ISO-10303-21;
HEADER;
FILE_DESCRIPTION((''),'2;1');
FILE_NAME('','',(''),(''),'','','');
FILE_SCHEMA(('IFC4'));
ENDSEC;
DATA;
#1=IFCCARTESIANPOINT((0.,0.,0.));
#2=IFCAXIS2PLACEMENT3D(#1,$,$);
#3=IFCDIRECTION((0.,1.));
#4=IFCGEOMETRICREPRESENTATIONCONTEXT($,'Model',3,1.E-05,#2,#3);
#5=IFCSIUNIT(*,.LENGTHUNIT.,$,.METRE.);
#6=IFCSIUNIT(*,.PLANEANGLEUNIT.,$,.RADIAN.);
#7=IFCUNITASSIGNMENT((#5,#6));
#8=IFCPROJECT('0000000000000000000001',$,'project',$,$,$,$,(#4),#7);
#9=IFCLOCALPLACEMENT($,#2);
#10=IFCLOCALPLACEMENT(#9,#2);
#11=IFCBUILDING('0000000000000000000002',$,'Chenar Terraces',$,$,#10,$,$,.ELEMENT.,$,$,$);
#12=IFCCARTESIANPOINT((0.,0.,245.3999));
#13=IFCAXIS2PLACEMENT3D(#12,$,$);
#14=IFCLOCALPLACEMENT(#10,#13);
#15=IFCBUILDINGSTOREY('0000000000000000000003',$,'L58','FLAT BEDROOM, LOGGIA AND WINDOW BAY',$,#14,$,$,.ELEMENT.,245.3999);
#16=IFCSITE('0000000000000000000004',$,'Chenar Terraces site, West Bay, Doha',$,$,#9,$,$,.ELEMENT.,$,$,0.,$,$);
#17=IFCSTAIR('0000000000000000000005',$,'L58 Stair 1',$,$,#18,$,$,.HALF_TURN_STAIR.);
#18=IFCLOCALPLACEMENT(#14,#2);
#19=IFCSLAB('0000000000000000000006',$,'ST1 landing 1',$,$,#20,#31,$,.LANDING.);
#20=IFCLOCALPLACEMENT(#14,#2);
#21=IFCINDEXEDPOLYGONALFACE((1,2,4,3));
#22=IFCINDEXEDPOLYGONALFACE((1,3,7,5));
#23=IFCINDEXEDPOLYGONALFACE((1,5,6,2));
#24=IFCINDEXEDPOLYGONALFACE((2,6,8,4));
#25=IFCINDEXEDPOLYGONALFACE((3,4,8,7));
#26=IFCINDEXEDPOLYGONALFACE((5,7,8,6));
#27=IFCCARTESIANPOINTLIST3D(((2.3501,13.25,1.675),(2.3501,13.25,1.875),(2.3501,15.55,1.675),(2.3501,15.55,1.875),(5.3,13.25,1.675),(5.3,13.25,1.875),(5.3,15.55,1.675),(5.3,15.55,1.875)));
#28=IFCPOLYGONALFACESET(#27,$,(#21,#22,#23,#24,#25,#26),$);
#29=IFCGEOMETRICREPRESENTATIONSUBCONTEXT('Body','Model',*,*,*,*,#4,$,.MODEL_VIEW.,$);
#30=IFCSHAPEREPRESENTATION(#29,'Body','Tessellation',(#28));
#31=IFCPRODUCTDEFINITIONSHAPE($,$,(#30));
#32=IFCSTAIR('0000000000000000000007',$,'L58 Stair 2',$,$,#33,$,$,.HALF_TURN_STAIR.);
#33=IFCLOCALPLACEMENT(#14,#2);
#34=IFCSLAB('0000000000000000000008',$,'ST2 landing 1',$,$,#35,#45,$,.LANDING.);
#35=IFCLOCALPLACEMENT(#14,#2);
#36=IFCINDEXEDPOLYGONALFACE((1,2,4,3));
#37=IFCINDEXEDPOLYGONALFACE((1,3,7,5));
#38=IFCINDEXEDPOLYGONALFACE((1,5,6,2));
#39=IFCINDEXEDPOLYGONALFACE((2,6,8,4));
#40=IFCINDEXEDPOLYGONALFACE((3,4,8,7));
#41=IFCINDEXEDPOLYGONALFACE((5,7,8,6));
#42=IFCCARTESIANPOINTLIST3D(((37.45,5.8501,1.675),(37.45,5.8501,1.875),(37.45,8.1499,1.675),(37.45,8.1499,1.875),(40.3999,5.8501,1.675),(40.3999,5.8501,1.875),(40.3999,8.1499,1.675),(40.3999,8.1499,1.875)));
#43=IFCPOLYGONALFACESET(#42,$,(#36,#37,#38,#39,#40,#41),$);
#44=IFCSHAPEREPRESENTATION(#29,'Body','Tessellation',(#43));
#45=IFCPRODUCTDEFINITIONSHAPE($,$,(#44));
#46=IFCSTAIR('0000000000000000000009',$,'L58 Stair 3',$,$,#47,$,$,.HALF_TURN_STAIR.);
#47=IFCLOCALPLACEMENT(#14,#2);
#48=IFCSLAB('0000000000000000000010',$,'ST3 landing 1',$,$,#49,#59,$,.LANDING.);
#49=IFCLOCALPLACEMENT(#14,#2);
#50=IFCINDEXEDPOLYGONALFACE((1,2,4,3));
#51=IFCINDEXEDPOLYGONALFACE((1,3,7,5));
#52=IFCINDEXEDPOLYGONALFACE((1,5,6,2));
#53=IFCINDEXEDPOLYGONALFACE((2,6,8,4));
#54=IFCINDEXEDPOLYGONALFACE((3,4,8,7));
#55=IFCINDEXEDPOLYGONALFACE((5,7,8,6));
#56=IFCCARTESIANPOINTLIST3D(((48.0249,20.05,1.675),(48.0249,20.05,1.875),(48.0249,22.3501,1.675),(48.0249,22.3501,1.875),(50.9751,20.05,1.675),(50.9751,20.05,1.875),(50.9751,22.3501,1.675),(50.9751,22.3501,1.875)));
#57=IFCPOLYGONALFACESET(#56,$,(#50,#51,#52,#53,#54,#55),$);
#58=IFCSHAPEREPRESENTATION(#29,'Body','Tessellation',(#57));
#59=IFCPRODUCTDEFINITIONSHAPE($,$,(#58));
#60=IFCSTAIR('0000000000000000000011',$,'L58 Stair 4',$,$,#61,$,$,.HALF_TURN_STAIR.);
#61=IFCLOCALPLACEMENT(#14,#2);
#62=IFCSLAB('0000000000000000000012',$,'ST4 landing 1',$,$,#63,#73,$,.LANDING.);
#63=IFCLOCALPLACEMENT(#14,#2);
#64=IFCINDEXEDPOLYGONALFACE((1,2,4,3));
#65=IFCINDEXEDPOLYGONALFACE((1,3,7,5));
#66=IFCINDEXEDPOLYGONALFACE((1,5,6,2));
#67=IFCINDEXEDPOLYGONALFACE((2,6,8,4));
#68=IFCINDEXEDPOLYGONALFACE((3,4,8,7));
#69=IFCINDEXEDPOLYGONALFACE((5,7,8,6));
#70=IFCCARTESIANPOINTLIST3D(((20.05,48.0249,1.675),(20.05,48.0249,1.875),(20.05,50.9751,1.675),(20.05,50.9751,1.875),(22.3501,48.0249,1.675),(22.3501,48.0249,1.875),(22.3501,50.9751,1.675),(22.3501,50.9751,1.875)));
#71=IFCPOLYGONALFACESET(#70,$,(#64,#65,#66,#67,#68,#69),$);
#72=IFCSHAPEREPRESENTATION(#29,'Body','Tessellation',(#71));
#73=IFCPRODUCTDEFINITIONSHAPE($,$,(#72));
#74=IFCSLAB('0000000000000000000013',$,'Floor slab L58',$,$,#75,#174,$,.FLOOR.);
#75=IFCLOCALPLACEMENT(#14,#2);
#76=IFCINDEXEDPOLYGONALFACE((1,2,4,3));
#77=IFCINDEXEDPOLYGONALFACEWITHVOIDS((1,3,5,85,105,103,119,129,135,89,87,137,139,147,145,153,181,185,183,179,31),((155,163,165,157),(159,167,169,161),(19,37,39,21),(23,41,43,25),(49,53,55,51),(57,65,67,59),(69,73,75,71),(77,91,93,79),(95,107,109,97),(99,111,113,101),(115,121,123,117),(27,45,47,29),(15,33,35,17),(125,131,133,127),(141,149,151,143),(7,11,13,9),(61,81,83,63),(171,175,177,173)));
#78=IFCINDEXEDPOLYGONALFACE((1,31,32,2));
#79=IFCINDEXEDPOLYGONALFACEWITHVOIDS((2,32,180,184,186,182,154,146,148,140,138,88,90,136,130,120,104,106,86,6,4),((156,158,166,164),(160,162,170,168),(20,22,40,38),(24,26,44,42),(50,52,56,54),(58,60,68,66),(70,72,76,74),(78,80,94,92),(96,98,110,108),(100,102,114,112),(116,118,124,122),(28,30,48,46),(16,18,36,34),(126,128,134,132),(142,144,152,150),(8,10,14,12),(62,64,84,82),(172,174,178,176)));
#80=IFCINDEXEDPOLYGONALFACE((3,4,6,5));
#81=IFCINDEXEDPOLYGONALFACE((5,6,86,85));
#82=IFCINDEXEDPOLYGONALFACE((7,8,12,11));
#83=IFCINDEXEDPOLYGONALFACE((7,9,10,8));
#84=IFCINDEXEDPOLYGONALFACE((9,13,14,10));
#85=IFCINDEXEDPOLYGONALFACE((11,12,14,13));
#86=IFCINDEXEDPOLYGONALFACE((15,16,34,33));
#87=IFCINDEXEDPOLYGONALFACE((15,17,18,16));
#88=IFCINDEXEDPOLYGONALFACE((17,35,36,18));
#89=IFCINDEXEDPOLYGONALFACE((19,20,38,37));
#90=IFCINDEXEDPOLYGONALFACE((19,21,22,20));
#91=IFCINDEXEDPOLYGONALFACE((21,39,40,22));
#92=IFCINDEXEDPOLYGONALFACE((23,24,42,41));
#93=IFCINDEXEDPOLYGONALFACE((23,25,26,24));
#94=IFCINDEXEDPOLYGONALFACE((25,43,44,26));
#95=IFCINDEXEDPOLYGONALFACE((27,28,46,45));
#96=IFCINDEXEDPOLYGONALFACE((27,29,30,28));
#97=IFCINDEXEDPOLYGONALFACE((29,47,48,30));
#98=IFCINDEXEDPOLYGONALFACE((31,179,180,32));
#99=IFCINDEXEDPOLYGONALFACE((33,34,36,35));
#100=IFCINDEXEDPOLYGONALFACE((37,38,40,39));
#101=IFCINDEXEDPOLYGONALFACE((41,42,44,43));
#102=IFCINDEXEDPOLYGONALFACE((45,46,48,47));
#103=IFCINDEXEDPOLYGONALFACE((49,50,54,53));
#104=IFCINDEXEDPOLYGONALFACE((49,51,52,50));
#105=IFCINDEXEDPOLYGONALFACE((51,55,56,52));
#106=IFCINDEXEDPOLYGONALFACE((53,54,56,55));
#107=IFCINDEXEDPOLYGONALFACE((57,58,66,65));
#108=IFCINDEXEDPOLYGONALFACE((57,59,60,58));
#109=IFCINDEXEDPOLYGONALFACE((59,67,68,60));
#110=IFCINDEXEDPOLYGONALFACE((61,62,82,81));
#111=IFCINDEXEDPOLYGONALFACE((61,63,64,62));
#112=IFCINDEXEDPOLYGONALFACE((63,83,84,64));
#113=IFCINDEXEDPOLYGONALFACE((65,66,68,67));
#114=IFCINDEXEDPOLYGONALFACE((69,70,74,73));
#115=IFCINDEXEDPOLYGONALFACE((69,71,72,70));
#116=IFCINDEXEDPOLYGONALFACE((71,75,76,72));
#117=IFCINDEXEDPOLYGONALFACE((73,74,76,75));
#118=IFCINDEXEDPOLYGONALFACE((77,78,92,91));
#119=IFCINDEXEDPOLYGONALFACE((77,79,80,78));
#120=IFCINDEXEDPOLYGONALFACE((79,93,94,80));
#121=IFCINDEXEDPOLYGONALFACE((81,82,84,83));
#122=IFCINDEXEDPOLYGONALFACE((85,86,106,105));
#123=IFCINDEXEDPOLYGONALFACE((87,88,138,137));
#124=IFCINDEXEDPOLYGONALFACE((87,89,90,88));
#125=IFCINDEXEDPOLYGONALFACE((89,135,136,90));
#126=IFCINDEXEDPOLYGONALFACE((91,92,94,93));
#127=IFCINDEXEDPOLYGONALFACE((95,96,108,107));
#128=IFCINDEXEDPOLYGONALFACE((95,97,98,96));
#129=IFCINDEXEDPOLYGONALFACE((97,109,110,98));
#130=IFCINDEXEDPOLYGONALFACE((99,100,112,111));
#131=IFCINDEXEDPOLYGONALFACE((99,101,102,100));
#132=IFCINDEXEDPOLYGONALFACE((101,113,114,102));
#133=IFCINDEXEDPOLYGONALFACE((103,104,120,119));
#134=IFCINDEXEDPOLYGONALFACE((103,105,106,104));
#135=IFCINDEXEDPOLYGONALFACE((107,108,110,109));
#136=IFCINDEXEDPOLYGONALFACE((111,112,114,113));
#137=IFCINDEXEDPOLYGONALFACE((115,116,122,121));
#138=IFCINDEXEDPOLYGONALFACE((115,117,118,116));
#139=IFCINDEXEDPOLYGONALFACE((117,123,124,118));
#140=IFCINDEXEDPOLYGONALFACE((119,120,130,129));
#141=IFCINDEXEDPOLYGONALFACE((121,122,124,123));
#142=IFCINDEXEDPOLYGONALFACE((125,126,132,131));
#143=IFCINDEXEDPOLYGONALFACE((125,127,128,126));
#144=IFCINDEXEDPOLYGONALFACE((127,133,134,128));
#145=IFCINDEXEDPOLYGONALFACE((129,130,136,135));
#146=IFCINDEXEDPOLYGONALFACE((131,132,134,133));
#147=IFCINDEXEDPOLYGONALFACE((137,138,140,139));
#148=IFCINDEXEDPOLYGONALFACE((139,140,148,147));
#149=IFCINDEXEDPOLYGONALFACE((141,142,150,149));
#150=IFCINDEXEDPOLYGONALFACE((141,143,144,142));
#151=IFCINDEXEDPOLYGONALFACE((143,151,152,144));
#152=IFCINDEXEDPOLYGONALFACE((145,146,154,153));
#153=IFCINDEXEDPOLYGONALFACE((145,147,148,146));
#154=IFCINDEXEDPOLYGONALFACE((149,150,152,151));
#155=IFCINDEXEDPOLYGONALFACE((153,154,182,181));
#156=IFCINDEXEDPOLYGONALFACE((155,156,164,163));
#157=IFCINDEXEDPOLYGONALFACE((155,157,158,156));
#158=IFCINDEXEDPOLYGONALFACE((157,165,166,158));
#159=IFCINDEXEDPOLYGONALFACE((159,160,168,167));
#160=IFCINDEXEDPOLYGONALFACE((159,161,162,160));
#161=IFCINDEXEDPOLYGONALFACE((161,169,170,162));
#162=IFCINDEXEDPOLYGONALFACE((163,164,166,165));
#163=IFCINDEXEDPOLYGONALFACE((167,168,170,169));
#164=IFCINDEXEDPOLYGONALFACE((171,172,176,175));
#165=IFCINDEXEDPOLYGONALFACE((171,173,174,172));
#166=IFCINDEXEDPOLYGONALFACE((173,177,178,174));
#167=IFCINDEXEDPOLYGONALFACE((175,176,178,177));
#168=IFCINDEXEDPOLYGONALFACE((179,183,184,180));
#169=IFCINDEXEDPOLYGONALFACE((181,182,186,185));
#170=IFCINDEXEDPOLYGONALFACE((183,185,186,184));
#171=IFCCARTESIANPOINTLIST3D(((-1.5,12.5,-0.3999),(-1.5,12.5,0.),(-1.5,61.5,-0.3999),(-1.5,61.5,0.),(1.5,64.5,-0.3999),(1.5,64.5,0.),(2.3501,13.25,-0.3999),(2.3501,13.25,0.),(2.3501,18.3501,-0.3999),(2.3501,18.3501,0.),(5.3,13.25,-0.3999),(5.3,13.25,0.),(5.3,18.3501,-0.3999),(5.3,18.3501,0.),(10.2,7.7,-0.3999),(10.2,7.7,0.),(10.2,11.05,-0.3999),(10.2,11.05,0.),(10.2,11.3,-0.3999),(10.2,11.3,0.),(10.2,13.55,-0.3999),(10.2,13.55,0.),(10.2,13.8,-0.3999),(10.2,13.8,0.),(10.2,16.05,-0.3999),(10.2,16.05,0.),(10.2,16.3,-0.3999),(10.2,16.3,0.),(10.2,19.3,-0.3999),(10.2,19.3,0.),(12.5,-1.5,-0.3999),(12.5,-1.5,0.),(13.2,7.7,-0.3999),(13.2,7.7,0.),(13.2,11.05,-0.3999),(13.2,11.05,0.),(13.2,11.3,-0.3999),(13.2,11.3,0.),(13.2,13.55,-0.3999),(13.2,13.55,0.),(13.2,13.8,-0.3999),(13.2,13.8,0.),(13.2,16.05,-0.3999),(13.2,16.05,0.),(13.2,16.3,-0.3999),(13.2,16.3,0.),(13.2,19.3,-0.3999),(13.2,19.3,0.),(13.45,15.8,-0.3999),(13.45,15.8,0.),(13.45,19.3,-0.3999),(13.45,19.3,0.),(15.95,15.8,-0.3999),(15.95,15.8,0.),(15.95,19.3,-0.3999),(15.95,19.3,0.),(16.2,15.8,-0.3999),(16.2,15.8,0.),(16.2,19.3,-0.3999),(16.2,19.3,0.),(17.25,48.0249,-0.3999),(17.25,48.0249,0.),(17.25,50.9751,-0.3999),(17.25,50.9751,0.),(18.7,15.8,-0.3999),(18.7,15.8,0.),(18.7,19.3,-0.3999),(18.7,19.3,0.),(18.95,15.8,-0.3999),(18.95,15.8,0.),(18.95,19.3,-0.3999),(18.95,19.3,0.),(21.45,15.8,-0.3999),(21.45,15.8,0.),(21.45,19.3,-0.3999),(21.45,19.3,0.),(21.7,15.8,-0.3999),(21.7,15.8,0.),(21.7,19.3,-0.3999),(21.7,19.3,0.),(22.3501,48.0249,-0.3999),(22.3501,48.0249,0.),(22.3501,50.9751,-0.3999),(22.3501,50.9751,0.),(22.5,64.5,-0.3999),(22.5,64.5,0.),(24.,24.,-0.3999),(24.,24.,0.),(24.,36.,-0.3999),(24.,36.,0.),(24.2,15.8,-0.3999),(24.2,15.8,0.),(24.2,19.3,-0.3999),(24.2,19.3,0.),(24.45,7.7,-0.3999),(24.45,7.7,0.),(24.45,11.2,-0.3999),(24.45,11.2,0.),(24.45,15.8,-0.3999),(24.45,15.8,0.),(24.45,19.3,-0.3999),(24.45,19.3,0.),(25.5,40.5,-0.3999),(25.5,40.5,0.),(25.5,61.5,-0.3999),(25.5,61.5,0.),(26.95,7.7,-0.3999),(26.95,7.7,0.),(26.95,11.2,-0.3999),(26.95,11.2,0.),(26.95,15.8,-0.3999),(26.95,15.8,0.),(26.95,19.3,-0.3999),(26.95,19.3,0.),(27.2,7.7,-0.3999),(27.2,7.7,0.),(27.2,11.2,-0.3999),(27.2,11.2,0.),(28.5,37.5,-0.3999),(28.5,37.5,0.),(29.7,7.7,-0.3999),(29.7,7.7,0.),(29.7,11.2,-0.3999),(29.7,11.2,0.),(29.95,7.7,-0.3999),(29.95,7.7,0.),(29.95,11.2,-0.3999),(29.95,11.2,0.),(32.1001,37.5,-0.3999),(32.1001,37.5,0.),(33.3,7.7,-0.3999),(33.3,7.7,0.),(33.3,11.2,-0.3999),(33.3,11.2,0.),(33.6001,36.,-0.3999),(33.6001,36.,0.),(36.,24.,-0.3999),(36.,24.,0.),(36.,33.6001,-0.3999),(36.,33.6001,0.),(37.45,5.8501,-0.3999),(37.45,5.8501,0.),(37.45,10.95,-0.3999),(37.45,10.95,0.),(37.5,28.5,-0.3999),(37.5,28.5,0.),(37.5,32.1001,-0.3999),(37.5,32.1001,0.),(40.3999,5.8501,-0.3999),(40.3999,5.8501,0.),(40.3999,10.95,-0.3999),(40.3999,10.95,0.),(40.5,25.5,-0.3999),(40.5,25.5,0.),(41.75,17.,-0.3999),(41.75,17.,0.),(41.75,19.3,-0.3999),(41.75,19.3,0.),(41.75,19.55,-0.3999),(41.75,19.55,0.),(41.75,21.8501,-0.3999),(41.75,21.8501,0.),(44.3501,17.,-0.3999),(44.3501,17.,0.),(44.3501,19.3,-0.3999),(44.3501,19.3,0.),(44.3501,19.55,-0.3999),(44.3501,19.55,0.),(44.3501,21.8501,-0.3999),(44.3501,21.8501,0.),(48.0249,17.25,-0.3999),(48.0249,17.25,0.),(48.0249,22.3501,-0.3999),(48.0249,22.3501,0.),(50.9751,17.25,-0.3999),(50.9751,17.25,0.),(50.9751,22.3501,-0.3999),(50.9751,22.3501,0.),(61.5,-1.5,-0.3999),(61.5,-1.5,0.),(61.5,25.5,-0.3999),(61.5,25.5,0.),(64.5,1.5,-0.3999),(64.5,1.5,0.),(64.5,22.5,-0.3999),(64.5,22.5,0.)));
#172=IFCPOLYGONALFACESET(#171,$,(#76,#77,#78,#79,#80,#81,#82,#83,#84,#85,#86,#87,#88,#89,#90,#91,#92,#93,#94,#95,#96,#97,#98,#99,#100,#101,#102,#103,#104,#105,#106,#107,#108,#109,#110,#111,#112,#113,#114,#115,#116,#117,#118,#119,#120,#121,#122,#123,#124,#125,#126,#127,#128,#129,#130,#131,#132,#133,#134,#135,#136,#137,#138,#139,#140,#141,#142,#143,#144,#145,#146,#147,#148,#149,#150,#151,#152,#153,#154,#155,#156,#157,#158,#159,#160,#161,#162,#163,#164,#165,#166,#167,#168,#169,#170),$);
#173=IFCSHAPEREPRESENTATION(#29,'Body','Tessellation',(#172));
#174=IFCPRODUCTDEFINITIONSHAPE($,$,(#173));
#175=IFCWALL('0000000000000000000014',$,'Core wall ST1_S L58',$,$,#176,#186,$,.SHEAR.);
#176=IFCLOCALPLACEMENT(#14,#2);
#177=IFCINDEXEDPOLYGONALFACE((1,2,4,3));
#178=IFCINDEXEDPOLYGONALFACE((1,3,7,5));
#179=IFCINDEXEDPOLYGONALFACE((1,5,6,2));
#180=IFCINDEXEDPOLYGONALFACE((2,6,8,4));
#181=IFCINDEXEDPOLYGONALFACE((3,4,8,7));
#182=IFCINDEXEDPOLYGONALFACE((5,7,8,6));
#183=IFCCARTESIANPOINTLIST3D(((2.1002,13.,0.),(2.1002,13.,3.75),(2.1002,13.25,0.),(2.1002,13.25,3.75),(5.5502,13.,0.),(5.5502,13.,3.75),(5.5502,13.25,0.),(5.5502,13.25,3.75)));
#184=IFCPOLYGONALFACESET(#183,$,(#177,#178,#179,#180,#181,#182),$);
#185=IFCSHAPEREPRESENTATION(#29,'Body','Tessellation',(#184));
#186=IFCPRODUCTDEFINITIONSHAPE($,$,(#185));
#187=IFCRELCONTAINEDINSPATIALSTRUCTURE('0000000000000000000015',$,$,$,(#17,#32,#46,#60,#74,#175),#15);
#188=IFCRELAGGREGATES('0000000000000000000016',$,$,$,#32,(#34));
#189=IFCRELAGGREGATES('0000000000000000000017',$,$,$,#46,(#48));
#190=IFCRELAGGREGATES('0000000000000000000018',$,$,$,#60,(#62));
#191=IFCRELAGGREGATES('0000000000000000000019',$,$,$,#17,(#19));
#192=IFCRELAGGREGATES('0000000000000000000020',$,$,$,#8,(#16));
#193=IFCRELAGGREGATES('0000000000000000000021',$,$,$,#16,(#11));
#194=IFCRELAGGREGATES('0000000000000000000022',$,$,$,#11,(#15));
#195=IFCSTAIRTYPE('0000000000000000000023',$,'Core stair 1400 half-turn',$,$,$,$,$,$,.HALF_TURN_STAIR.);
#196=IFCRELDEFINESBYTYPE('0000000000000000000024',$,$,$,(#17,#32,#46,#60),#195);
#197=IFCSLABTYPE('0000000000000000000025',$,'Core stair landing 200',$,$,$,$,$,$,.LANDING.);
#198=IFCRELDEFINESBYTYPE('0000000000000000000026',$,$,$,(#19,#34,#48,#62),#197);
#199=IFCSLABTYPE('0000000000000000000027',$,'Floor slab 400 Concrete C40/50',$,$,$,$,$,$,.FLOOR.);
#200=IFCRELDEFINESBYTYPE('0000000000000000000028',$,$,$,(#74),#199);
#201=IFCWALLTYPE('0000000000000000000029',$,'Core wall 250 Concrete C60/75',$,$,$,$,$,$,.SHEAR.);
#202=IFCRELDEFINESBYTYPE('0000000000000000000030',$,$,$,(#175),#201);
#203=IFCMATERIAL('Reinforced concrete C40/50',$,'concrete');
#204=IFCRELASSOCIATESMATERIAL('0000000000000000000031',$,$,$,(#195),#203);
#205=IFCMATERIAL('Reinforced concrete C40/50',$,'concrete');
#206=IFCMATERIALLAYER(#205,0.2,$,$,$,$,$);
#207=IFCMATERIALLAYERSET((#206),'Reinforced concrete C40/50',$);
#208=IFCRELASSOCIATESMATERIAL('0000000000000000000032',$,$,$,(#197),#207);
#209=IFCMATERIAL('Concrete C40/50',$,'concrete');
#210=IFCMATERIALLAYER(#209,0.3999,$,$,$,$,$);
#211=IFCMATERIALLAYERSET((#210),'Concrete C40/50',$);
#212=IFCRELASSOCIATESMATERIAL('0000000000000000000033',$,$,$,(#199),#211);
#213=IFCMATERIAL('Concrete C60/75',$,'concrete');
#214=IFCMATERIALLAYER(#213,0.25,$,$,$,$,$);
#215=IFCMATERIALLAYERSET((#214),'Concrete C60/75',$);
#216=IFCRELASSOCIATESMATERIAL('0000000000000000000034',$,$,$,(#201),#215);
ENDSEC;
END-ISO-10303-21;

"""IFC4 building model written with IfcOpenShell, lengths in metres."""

from ifc_helpers import new_model, si_unit, direction, frame, frame_2d, origin, place, context, subcontext, project, spatial, polyline, rectangle, outline, extrude, material, layer, layer_set, type_object, element, aggregate, save


model = new_model("IFC4")

# Units and contexts
model_context = context("Model", 3, precision=1e-05, world=origin(), true_north=direction((0.0, 1.0)))
body_context = subcontext(model_context, "Body", "Model", "MODEL_VIEW")
ifc_project = project(units=[si_unit("LENGTHUNIT", "METRE"), si_unit("PLANEANGLEUNIT", "RADIAN")], contexts=[model_context])

# Site, building, storey
site_placement = place(None, origin())
site = spatial("IfcSite", under=ifc_project, at=site_placement, Name="Chenar Terraces site, West Bay, Doha", CompositionType="ELEMENT", RefElevation=0.0)
building_placement = place(site_placement, origin())
building = spatial("IfcBuilding", under=site, at=building_placement, Name="Chenar Terraces", CompositionType="ELEMENT")
storey_placement = place(building_placement, frame((0.0, 0.0, 245.3999)))
storey = spatial("IfcBuildingStorey", under=building, at=storey_placement, Name="L58", Description="FLAT BEDROOM, LOGGIA AND WINDOW BAY", CompositionType="ELEMENT", Elevation=245.3999)

# Stairs, slabs
ifc_material_1 = material(Name="Reinforced concrete C40/50", Category="concrete")
stair_type = type_object("IfcStairType", Name="Core stair 1400 half-turn", PredefinedType="HALF_TURN_STAIR", material=ifc_material_1)
placement_1 = place(storey_placement, origin())
stair_1 = element("IfcStair", 1, at=placement_1, inside=storey, type_object=stair_type, Name="L58 Stair 1", PredefinedType="HALF_TURN_STAIR")
ifc_material_2 = material(Name="Reinforced concrete C40/50", Category="concrete")
ifc_layer_1 = layer(ifc_material_2, 0.2)
ifc_layer_set_1 = layer_set([ifc_layer_1], Name="Reinforced concrete C40/50")
slab_type_1 = type_object("IfcSlabType", Name="Core stair landing 200", PredefinedType="LANDING", material=ifc_layer_set_1)
placement_2 = place(storey_placement, frame((0.0, 0.0, 1.675)))
slab_1 = element("IfcSlab", 2, at=placement_2, type_object=slab_type_1, Name="ST1 landing 1", PredefinedType="LANDING", context=body_context, shape_type="SweptSolid", body=[
    extrude(outline(polyline([(2.3501, 15.55), (2.3501, 13.25), (5.3, 13.25), (5.3, 15.55), (2.3501, 15.55)])), origin(), (0.0, 0.0, 1.0), 0.2),
])
stair_2 = element("IfcStair", 3, at=placement_1, inside=storey, type_object=stair_type, Name="L58 Stair 2", PredefinedType="HALF_TURN_STAIR")
slab_2 = element("IfcSlab", 4, at=placement_2, type_object=slab_type_1, Name="ST2 landing 1", PredefinedType="LANDING", context=body_context, shape_type="SweptSolid", body=[
    extrude(outline(polyline([(37.45, 8.1499), (37.45, 5.8501), (40.3999, 5.8501), (40.3999, 8.1499), (37.45, 8.1499)])), origin(), (0.0, 0.0, 1.0), 0.2),
])
aggregate(stair_2, [slab_2])
stair_3 = element("IfcStair", 5, at=placement_1, inside=storey, type_object=stair_type, Name="L58 Stair 3", PredefinedType="HALF_TURN_STAIR")
slab_3 = element("IfcSlab", 6, at=placement_2, type_object=slab_type_1, Name="ST3 landing 1", PredefinedType="LANDING", context=body_context, shape_type="SweptSolid", body=[
    extrude(outline(polyline([(50.9751, 20.05), (50.9751, 22.3501), (48.0249, 22.3501), (48.0249, 20.05), (50.9751, 20.05)])), origin(), (0.0, 0.0, 1.0), 0.2),
])
aggregate(stair_3, [slab_3])
stair_4 = element("IfcStair", 7, at=placement_1, inside=storey, type_object=stair_type, Name="L58 Stair 4", PredefinedType="HALF_TURN_STAIR")
slab_4 = element("IfcSlab", 8, at=placement_2, type_object=slab_type_1, Name="ST4 landing 1", PredefinedType="LANDING", context=body_context, shape_type="SweptSolid", body=[
    extrude(outline(polyline([(20.05, 48.0249), (22.3501, 48.0249), (22.3501, 50.9751), (20.05, 50.9751), (20.05, 48.0249)])), origin(), (0.0, 0.0, 1.0), 0.2),
])
aggregate(stair_4, [slab_4])

# Slab
ifc_material_3 = material(Name="Concrete C40/50", Category="concrete")
ifc_layer_2 = layer(ifc_material_3, 0.3999)
ifc_layer_set_2 = layer_set([ifc_layer_2], Name="Concrete C40/50")
slab_type_2 = type_object("IfcSlabType", Name="Floor slab 400 Concrete C40/50", PredefinedType="FLOOR", material=ifc_layer_set_2)
slab_5_placement = place(storey_placement, frame((0.0, 0.0, -0.3999)))
element("IfcSlab", 9, at=slab_5_placement, inside=storey, type_object=slab_type_2, Name="Floor slab L58", PredefinedType="FLOOR", context=body_context, shape_type="SweptSolid", body=[
    extrude(outline(polyline([(64.5, 22.5), (64.5, 1.5), (61.5, -1.5), (12.5, -1.5), (-1.5, 12.5), (-1.5, 61.5), (1.5, 64.5), (22.5, 64.5), (25.5, 61.5), (25.5, 40.5), (28.5, 37.5), (32.1001, 37.5), (33.6001, 36.0), (24.0, 36.0), (24.0, 24.0), (36.0, 24.0), (36.0, 33.6001), (37.5, 32.1001), (37.5, 28.5), (40.5, 25.5), (61.5, 25.5), (64.5, 22.5)]), holes=[polyline([(13.2, 11.05), (10.2, 11.05), (10.2, 7.7), (13.2, 7.7), (13.2, 11.05)]), polyline([(13.2, 13.55), (10.2, 13.55), (10.2, 11.3), (13.2, 11.3), (13.2, 13.55)]), polyline([(13.2, 16.05), (10.2, 16.05), (10.2, 13.8), (13.2, 13.8), (13.2, 16.05)]), polyline([(2.3501, 13.25), (5.3, 13.25), (5.3, 18.3501), (2.3501, 18.3501), (2.3501, 13.25)]), polyline([(15.95, 19.3), (13.45, 19.3), (13.45, 15.8), (15.95, 15.8), (15.95, 19.3)]), polyline([(18.7, 19.3), (16.2, 19.3), (16.2, 15.8), (18.7, 15.8), (18.7, 19.3)]), polyline([(21.45, 19.3), (18.95, 19.3), (18.95, 15.8), (21.45, 15.8), (21.45, 19.3)]), polyline([(24.2, 15.8), (24.2, 19.3), (21.7, 19.3), (21.7, 15.8), (24.2, 15.8)]), polyline([(13.2, 16.3), (13.2, 19.3), (10.2, 19.3), (10.2, 16.3), (13.2, 16.3)]), polyline([(22.3501, 48.0249), (22.3501, 50.9751), (17.25, 50.9751), (17.25, 48.0249), (22.3501, 48.0249)]), polyline([(37.45, 5.8501), (40.3999, 5.8501), (40.3999, 10.95), (37.45, 10.95), (37.45, 5.8501)]), polyline([(26.95, 11.2), (24.45, 11.2), (24.45, 7.7), (26.95, 7.7), (26.95, 11.2)]), polyline([(29.7, 7.7), (29.7, 11.2), (27.2, 11.2), (27.2, 7.7), (29.7, 7.7)]), polyline([(33.3, 7.7), (33.3, 11.2), (29.95, 11.2), (29.95, 7.7), (33.3, 7.7)]), polyline([(26.95, 19.3), (24.45, 19.3), (24.45, 15.8), (26.95, 15.8), (26.95, 19.3)]), polyline([(44.3501, 19.3), (41.75, 19.3), (41.75, 17.0), (44.3501, 17.0), (44.3501, 19.3)]), polyline([(50.9751, 22.3501), (48.0249, 22.3501), (48.0249, 17.25), (50.9751, 17.25), (50.9751, 22.3501)]), polyline([(44.3501, 19.55), (44.3501, 21.8501), (41.75, 21.8501), (41.75, 19.55), (44.3501, 19.55)])]), origin(), (0.0, 0.0, 1.0), 0.3999),
])

# Wall
ifc_material_4 = material(Name="Concrete C60/75", Category="concrete")
ifc_layer_3 = layer(ifc_material_4, 0.25)
ifc_layer_set_3 = layer_set([ifc_layer_3], Name="Concrete C60/75")
wall_type_1 = type_object("IfcWallType", Name="Core wall 250 Concrete C60/75", PredefinedType="SHEAR", material=ifc_layer_set_3)
wall_1_placement = place(storey_placement, frame((2.1001, 13.125, 0.0), z_axis=(0.0, 0.0, 1.0), x_axis=(1.0, 0.0, 0.0)))
element("IfcWall", 10, at=wall_1_placement, inside=storey, type_object=wall_type_1, Name="Core wall ST1_S L58", PredefinedType="SHEAR", context=body_context, shape_type="SweptSolid", body=[
    extrude(rectangle(XDim=3.45, YDim=0.25, at=frame_2d((1.7251, 0.0))), origin(), (0.0, 0.0, 1.0), 3.75),
])

aggregate(stair_1, [slab_1])

save(model, "model.ifc")
